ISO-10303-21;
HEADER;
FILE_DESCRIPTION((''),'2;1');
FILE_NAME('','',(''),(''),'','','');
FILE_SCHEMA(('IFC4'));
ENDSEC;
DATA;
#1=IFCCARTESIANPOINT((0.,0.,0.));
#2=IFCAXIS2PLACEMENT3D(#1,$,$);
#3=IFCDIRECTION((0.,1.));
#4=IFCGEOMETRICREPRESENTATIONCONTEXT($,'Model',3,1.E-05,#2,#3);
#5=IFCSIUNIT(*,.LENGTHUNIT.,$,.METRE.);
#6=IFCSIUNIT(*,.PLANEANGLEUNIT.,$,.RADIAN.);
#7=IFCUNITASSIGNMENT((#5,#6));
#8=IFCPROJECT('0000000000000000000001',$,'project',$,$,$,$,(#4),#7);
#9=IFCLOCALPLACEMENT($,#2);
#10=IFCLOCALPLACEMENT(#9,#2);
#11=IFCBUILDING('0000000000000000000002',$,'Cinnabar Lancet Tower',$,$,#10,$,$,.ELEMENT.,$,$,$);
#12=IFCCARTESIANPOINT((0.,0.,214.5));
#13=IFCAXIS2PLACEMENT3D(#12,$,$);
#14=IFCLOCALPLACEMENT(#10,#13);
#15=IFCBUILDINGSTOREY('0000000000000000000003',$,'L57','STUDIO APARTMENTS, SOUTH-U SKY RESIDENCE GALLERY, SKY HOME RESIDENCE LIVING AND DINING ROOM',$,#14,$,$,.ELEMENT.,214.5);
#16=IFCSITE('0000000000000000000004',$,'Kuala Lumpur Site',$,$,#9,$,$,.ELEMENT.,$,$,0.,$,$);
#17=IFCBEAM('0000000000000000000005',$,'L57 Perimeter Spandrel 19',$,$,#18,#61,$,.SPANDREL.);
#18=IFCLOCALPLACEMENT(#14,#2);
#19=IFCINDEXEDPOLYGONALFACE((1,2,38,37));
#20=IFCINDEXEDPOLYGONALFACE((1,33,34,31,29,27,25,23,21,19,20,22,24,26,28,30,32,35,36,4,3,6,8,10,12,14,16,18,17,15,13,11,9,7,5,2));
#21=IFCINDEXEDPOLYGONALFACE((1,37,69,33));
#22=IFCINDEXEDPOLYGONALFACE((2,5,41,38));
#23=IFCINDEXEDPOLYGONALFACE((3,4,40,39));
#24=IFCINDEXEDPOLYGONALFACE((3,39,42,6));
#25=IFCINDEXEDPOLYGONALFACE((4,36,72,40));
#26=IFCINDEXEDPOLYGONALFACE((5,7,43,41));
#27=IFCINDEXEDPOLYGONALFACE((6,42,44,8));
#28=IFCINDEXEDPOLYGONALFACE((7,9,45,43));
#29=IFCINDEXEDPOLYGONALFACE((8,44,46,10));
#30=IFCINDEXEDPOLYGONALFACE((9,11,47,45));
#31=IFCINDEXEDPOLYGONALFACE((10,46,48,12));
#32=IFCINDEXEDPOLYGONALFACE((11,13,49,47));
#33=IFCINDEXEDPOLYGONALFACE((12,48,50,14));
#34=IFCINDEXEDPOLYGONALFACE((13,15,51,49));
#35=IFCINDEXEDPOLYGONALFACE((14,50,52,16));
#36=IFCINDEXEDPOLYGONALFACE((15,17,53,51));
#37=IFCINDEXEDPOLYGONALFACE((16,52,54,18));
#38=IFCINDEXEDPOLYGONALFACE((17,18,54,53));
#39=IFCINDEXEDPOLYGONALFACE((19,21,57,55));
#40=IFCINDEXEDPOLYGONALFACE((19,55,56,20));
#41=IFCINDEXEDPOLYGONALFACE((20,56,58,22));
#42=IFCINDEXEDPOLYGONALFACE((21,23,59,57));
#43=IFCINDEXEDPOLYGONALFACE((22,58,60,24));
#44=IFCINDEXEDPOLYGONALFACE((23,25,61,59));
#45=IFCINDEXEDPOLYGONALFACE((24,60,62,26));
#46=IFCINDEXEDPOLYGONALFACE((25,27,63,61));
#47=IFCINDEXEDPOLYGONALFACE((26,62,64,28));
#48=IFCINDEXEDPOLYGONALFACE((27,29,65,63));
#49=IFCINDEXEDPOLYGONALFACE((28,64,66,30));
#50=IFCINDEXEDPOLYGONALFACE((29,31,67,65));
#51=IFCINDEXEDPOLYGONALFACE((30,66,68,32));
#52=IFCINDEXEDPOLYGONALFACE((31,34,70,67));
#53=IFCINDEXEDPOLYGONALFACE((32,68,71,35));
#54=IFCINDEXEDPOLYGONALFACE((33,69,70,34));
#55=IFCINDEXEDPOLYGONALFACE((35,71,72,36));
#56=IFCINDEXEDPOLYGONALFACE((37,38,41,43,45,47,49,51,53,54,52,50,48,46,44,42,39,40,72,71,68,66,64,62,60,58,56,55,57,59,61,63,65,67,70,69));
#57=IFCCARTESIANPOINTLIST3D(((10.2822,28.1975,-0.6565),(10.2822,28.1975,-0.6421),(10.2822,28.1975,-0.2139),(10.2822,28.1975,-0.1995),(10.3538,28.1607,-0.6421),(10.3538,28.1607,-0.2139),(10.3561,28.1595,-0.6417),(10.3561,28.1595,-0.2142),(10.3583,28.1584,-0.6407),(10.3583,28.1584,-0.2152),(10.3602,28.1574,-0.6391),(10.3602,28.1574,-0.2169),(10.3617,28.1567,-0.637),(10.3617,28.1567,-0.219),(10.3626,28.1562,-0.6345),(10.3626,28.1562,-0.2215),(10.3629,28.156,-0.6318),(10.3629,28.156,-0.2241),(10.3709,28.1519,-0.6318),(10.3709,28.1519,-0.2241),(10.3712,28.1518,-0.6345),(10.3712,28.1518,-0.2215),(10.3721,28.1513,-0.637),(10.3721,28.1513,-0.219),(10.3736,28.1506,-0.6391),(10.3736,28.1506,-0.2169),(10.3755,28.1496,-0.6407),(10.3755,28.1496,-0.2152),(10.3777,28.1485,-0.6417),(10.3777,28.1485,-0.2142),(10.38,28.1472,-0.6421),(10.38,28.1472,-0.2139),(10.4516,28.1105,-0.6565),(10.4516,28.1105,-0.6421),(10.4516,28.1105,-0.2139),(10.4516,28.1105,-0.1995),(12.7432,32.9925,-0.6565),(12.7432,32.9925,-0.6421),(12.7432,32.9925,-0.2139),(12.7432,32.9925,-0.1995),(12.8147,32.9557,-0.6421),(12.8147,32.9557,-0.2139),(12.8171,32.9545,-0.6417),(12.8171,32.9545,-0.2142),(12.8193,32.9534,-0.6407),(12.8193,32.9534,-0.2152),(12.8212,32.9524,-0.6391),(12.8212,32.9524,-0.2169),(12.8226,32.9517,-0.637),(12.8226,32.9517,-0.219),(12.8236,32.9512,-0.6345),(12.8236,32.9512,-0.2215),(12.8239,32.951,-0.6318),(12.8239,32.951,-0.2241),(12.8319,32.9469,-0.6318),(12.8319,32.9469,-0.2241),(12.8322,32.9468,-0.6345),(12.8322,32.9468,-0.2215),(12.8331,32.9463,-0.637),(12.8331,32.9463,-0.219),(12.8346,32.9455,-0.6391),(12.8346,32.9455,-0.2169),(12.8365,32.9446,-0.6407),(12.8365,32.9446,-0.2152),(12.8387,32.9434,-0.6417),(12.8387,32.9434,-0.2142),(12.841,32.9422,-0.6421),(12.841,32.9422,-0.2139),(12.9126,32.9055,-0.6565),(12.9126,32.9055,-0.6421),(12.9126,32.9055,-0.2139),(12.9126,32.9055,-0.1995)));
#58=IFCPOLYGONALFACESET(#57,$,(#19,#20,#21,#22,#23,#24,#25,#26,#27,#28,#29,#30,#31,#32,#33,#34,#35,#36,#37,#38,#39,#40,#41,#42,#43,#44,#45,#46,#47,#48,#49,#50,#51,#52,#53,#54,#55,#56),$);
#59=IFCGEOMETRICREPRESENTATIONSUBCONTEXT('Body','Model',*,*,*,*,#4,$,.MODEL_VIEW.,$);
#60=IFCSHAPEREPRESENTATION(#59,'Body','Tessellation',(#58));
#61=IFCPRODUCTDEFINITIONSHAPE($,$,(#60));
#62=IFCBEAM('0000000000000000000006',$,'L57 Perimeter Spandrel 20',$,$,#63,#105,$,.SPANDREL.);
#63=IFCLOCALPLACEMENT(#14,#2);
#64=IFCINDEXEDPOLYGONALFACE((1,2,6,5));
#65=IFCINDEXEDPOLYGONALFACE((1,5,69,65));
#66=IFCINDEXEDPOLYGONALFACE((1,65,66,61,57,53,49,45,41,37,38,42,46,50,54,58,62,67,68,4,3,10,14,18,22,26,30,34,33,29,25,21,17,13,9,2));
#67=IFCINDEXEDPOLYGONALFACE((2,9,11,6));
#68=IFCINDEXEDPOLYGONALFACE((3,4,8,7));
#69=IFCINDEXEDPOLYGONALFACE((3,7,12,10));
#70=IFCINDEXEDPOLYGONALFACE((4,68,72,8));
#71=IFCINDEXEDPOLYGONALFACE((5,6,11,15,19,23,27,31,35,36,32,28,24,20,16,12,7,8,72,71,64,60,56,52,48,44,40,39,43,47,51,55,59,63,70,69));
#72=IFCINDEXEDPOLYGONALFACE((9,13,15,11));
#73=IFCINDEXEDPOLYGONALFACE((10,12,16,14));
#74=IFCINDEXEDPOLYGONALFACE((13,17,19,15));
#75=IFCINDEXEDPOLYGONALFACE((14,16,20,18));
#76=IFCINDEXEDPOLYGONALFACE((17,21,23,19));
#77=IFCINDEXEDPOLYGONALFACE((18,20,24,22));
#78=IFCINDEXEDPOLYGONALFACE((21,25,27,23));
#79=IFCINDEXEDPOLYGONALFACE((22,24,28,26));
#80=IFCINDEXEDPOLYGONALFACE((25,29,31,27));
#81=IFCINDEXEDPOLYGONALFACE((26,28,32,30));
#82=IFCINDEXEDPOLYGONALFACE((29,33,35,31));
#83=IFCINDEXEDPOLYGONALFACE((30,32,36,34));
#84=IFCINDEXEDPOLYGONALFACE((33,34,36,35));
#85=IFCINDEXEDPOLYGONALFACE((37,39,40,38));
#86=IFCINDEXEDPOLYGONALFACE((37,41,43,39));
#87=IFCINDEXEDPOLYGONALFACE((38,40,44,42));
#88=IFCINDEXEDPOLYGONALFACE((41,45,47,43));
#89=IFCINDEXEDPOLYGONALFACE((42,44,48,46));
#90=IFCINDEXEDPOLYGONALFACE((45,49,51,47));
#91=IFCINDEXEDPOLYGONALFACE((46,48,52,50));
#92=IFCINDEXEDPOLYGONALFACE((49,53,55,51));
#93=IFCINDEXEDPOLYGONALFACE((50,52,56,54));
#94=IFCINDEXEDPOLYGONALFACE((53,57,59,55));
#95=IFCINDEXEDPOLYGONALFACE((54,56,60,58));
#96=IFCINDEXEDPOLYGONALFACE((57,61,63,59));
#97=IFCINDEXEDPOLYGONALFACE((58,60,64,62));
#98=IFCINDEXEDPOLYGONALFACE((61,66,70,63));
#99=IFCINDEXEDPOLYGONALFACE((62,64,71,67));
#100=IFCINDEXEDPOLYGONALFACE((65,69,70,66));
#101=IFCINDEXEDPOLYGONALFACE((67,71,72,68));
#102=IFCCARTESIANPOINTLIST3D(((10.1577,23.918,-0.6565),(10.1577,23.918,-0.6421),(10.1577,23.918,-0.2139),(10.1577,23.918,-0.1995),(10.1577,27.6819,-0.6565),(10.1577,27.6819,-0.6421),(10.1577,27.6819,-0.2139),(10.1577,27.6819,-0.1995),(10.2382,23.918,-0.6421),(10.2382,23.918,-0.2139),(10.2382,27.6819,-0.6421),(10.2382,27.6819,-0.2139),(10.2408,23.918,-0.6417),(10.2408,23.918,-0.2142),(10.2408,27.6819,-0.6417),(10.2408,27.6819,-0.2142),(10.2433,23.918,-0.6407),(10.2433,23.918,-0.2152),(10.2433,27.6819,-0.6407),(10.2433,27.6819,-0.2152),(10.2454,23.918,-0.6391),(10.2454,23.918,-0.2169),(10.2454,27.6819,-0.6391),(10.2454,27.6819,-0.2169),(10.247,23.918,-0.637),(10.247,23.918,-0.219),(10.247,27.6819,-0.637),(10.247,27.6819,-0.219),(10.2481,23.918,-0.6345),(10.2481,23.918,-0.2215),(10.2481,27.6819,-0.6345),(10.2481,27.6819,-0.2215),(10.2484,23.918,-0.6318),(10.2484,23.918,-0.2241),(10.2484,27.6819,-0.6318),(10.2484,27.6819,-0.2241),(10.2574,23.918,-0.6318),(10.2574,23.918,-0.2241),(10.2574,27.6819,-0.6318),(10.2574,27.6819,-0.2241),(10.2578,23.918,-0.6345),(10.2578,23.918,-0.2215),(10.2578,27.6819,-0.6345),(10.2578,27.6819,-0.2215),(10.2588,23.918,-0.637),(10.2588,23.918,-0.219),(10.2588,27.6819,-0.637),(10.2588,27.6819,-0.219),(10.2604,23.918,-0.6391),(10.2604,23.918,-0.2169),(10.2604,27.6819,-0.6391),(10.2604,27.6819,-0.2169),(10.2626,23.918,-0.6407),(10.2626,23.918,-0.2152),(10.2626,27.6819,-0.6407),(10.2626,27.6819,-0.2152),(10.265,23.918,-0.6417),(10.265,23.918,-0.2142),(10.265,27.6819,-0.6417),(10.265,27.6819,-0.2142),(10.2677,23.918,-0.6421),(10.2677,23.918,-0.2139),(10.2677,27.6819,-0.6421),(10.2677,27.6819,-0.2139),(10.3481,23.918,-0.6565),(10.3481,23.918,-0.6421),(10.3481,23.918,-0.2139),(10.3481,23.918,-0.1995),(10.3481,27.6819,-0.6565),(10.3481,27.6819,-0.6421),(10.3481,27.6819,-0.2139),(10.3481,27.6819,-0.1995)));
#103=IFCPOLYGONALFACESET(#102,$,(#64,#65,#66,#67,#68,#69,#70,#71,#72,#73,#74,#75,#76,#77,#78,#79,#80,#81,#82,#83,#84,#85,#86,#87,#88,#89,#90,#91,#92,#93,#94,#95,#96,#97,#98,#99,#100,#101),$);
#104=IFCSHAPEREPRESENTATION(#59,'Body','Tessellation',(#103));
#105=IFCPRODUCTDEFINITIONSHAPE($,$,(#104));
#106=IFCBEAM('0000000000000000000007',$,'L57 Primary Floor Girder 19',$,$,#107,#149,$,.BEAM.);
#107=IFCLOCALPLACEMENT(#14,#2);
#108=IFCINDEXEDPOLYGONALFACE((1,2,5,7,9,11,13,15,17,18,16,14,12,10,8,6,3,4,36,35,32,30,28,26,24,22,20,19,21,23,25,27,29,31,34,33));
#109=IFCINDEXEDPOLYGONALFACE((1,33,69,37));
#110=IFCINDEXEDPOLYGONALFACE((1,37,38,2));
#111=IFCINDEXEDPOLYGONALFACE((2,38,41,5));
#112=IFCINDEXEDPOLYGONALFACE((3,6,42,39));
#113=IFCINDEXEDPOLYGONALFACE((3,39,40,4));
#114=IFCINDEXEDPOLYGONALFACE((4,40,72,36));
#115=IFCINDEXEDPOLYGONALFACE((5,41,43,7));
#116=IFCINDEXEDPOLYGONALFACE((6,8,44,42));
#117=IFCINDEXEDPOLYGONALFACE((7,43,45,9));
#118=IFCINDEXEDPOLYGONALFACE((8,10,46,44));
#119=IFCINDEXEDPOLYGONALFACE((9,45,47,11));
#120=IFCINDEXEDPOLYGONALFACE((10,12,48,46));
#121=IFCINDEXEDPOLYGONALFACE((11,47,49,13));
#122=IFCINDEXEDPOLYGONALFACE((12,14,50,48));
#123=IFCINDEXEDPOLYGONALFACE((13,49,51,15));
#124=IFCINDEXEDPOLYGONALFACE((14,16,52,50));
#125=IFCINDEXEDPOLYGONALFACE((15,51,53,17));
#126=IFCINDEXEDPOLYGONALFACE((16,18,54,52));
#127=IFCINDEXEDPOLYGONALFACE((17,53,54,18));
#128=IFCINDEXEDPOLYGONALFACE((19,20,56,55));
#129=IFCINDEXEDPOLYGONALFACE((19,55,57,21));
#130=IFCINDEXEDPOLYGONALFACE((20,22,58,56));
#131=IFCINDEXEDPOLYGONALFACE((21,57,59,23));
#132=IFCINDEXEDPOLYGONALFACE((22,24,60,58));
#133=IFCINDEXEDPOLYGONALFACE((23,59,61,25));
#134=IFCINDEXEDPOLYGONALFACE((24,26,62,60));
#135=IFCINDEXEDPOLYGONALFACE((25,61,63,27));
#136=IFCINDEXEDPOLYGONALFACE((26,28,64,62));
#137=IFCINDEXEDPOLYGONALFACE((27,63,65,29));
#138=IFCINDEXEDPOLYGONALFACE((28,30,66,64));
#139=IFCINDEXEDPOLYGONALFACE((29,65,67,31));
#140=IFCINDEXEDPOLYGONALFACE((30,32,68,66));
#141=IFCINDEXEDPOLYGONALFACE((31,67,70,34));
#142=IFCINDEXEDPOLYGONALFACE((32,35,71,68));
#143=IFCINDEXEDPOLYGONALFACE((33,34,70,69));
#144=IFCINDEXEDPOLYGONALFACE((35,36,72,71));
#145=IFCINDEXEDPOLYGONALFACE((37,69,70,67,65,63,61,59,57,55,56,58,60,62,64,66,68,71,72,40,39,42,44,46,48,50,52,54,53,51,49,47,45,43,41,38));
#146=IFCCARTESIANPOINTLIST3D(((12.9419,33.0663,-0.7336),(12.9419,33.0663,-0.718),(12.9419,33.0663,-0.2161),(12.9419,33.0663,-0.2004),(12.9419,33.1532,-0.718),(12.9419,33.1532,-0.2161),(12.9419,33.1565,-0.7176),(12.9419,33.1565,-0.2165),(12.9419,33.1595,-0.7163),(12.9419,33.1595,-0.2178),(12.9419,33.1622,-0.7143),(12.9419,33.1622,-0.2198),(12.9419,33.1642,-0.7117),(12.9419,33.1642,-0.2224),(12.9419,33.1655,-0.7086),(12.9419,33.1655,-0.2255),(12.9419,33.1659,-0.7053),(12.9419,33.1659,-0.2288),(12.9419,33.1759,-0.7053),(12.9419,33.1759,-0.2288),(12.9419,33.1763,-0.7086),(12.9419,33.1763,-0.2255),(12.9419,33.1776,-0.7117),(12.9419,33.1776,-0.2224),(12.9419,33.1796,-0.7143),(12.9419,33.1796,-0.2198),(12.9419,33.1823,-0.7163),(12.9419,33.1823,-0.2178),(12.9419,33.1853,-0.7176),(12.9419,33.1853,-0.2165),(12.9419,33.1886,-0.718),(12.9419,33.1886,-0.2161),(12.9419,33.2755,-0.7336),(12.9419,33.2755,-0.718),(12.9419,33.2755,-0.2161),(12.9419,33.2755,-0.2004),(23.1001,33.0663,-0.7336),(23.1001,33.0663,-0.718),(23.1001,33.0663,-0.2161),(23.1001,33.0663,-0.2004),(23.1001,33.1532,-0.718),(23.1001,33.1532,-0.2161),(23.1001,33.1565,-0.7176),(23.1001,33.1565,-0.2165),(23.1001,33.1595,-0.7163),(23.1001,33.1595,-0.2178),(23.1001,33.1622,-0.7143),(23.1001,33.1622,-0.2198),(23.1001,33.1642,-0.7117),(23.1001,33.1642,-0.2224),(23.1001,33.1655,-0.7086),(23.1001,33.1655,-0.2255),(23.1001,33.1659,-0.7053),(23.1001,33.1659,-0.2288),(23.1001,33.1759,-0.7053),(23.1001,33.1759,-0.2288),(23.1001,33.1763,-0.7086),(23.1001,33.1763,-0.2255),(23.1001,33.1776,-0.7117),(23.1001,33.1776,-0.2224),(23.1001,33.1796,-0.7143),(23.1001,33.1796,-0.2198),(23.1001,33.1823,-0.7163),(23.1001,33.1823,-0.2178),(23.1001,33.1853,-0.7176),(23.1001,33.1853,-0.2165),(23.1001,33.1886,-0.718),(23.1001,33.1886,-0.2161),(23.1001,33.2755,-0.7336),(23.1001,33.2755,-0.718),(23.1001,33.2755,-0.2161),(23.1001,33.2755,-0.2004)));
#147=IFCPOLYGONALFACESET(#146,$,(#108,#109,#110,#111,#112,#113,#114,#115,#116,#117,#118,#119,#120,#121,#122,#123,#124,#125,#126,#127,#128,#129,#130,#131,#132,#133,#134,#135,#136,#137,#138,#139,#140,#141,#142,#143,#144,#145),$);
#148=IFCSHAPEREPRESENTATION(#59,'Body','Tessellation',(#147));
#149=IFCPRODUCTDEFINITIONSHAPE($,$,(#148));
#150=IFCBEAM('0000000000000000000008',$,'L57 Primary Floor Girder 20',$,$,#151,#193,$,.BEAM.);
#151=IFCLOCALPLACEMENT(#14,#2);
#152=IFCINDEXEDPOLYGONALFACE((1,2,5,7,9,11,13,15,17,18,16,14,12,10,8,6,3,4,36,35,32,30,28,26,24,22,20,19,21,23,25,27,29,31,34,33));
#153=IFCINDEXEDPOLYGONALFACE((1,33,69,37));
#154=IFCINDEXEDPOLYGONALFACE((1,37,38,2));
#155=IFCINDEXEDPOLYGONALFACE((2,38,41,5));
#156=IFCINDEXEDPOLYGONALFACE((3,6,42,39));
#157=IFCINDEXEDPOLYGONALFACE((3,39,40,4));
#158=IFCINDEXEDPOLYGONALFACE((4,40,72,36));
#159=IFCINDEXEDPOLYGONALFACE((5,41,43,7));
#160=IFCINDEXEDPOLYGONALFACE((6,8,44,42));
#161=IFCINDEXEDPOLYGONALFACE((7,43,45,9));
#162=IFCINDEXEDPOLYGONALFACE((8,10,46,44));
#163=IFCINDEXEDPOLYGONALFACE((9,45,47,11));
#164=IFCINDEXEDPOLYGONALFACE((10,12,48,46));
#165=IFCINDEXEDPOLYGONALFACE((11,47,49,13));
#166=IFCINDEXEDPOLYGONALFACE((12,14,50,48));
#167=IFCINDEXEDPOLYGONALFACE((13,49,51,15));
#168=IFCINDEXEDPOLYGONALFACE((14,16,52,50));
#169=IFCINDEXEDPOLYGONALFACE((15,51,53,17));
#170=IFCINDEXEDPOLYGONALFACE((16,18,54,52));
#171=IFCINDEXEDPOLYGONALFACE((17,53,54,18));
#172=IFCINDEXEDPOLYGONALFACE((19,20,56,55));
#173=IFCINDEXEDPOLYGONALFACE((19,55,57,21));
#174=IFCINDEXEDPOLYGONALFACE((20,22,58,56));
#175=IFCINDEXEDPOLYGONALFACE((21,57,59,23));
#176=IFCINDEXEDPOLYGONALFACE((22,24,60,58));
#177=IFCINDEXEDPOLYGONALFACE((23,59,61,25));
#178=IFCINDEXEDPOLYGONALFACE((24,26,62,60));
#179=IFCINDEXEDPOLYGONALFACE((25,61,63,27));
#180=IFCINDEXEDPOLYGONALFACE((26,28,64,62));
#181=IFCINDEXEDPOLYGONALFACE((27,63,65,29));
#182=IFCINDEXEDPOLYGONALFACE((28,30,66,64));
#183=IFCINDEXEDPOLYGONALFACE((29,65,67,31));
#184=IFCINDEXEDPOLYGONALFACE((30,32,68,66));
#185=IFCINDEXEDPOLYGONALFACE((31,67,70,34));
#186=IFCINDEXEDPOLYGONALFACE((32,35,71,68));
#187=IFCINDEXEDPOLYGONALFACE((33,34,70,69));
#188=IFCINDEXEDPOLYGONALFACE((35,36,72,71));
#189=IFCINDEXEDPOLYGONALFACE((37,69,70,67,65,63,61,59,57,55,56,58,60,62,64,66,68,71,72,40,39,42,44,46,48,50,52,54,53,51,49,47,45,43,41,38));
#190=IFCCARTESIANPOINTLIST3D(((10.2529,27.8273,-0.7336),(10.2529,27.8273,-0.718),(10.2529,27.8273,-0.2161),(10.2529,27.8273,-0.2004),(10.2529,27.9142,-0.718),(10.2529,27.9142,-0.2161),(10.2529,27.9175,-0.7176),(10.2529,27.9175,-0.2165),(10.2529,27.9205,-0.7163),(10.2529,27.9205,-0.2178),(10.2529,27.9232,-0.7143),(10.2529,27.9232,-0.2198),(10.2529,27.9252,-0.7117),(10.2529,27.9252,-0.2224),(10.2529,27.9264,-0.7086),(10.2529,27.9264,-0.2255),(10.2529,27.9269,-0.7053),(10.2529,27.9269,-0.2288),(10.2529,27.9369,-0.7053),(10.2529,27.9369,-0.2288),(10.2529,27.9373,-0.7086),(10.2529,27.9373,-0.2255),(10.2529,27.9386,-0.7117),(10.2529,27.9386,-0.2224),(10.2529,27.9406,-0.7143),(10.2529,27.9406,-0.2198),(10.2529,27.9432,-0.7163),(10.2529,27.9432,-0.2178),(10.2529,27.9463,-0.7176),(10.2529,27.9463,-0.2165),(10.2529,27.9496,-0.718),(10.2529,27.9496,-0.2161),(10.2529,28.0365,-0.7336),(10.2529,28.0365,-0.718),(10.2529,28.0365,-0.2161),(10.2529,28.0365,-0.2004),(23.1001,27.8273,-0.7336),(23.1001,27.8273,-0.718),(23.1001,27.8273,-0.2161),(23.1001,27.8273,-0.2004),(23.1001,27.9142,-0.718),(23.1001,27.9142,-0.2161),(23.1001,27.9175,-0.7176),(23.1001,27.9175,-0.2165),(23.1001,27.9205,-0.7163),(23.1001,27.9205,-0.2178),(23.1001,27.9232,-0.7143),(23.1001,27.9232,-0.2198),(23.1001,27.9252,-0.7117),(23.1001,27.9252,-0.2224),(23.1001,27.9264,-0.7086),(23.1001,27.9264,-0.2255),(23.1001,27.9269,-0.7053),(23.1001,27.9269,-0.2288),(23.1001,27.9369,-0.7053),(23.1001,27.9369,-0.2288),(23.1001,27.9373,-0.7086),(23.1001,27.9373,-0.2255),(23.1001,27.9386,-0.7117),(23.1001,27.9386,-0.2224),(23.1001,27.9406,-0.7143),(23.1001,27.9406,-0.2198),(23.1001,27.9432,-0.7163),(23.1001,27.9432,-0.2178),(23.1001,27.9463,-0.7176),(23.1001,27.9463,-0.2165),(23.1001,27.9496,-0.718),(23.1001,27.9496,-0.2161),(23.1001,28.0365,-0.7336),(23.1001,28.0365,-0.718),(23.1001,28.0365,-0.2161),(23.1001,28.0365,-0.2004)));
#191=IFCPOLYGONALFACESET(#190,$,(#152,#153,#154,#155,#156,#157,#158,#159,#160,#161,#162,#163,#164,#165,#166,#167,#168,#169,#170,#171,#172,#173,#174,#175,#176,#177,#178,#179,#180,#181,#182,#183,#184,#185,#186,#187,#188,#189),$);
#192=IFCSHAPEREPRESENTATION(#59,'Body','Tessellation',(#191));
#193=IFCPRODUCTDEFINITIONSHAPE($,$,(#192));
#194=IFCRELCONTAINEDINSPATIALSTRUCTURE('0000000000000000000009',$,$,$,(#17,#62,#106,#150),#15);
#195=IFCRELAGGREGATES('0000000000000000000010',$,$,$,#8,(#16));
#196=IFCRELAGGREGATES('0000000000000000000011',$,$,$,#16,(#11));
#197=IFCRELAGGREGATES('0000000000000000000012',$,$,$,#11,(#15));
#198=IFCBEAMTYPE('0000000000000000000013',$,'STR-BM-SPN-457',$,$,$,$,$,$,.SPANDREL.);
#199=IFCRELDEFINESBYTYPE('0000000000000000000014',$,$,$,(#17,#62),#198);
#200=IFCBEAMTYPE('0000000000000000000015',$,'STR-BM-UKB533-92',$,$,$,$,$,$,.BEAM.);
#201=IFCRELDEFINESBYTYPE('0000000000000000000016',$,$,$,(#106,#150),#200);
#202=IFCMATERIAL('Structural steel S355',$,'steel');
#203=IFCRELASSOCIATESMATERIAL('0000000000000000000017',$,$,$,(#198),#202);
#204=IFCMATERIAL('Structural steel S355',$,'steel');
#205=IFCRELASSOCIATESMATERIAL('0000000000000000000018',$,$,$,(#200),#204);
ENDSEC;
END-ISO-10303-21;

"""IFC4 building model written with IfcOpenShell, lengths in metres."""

from ifc_helpers import new_model, si_unit, direction, frame, origin, origin_2d, place, context, subcontext, project, spatial, i_section, extrude, material, material_profile, profile_set, type_object, element, save


model = new_model("IFC4")

# Units and contexts
model_context = context("Model", 3, precision=1e-05, world=origin(), true_north=direction((0.0, 1.0)))
body_context = subcontext(model_context, "Body", "Model", "MODEL_VIEW")
ifc_project = project(units=[si_unit("LENGTHUNIT", "METRE"), si_unit("PLANEANGLEUNIT", "RADIAN")], contexts=[model_context])

# Site, building, storey
site_placement = place(None, origin())
site = spatial("IfcSite", under=ifc_project, at=site_placement, Name="Kuala Lumpur Site", CompositionType="ELEMENT", RefElevation=0.0)
building_placement = place(site_placement, origin())
building = spatial("IfcBuilding", under=site, at=building_placement, Name="Cinnabar Lancet Tower", CompositionType="ELEMENT")
storey_placement = place(building_placement, frame((0.0, 0.0, 214.5)))
storey = spatial("IfcBuildingStorey", under=building, at=storey_placement, Name="L57", Description="STUDIO APARTMENTS, SOUTH-U SKY RESIDENCE GALLERY, SKY HOME RESIDENCE LIVING AND DINING ROOM", CompositionType="ELEMENT", Elevation=214.5)

# Beams
ifc_material_1 = material(Name="Structural steel S355", Category="steel")
ifc_material_profile_1 = material_profile(ifc_material_1, i_section(OverallWidth=0.1904, OverallDepth=0.457, WebThickness=0.009, FlangeThickness=0.0144, FilletRadius=0.0103, at=origin_2d()), Name="UKB 457x191x74")
ifc_profile_set_1 = profile_set([ifc_material_profile_1], Name="Structural steel S355")
beam_type_1 = type_object("IfcBeamType", Name="STR-BM-SPN-457", PredefinedType="SPANDREL", material=ifc_profile_set_1)
beam_1_placement = place(storey_placement, frame((12.8279, 32.949, -0.428), z_axis=(-0.456611, -0.889666, 0.0), x_axis=(0.889666, -0.456611, 0.0)))
element("IfcBeam", 1, at=beam_1_placement, inside=storey, type_object=beam_type_1, Name="L57 Perimeter Spandrel 19", PredefinedType="SPANDREL", context=body_context, shape_type="SweptSolid", body=[
    extrude(i_section(OverallWidth=0.1904, OverallDepth=0.457, WebThickness=0.009, FlangeThickness=0.0144, FilletRadius=0.0103, at=origin_2d()), origin(), (0.0, 0.0, 1.0), 5.3896),
])
beam_2_placement = place(storey_placement, frame((10.2529, 27.6819, -0.428), z_axis=(0.0, -1.0, 0.0), x_axis=(1.0, 0.0, 0.0)))
element("IfcBeam", 2, at=beam_2_placement, inside=storey, type_object=beam_type_1, Name="L57 Perimeter Spandrel 20", PredefinedType="SPANDREL", context=body_context, shape_type="SweptSolid", body=[
    extrude(i_section(OverallWidth=0.1904, OverallDepth=0.457, WebThickness=0.009, FlangeThickness=0.0144, FilletRadius=0.0103, at=origin_2d()), origin(), (0.0, 0.0, 1.0), 3.7639),
])
ifc_material_2 = material(Name="Structural steel S355", Category="steel")
ifc_material_profile_2 = material_profile(ifc_material_2, i_section(OverallWidth=0.2092, OverallDepth=0.5332, WebThickness=0.01, FlangeThickness=0.0156, FilletRadius=0.0127, at=origin_2d()), Name="UKB 533x210x92")
ifc_profile_set_2 = profile_set([ifc_material_profile_2], Name="Structural steel S355")
beam_type_2 = type_object("IfcBeamType", Name="STR-BM-UKB533-92", PredefinedType="BEAM", material=ifc_profile_set_2)
beam_3_placement = place(storey_placement, frame((12.9419, 33.1709, -0.467), z_axis=(1.0, 0.0, 0.0), x_axis=(0.0, 1.0, 0.0)))
element("IfcBeam", 3, at=beam_3_placement, inside=storey, type_object=beam_type_2, Name="L57 Primary Floor Girder 19", PredefinedType="BEAM", context=body_context, shape_type="SweptSolid", body=[
    extrude(i_section(OverallWidth=0.2092, OverallDepth=0.5332, WebThickness=0.01, FlangeThickness=0.0156, FilletRadius=0.0127, at=origin_2d()), origin(), (0.0, 0.0, 1.0), 10.1582),
])
beam_4_placement = place(storey_placement, frame((10.2529, 27.9319, -0.467), z_axis=(1.0, 0.0, 0.0), x_axis=(0.0, 1.0, 0.0)))
element("IfcBeam", 4, at=beam_4_placement, inside=storey, type_object=beam_type_2, Name="L57 Primary Floor Girder 20", PredefinedType="BEAM", context=body_context, shape_type="SweptSolid", body=[
    extrude(i_section(OverallWidth=0.2092, OverallDepth=0.5332, WebThickness=0.01, FlangeThickness=0.0156, FilletRadius=0.0127, at=origin_2d()), origin(), (0.0, 0.0, 1.0), 12.8472),
])

save(model, "model.ifc")
